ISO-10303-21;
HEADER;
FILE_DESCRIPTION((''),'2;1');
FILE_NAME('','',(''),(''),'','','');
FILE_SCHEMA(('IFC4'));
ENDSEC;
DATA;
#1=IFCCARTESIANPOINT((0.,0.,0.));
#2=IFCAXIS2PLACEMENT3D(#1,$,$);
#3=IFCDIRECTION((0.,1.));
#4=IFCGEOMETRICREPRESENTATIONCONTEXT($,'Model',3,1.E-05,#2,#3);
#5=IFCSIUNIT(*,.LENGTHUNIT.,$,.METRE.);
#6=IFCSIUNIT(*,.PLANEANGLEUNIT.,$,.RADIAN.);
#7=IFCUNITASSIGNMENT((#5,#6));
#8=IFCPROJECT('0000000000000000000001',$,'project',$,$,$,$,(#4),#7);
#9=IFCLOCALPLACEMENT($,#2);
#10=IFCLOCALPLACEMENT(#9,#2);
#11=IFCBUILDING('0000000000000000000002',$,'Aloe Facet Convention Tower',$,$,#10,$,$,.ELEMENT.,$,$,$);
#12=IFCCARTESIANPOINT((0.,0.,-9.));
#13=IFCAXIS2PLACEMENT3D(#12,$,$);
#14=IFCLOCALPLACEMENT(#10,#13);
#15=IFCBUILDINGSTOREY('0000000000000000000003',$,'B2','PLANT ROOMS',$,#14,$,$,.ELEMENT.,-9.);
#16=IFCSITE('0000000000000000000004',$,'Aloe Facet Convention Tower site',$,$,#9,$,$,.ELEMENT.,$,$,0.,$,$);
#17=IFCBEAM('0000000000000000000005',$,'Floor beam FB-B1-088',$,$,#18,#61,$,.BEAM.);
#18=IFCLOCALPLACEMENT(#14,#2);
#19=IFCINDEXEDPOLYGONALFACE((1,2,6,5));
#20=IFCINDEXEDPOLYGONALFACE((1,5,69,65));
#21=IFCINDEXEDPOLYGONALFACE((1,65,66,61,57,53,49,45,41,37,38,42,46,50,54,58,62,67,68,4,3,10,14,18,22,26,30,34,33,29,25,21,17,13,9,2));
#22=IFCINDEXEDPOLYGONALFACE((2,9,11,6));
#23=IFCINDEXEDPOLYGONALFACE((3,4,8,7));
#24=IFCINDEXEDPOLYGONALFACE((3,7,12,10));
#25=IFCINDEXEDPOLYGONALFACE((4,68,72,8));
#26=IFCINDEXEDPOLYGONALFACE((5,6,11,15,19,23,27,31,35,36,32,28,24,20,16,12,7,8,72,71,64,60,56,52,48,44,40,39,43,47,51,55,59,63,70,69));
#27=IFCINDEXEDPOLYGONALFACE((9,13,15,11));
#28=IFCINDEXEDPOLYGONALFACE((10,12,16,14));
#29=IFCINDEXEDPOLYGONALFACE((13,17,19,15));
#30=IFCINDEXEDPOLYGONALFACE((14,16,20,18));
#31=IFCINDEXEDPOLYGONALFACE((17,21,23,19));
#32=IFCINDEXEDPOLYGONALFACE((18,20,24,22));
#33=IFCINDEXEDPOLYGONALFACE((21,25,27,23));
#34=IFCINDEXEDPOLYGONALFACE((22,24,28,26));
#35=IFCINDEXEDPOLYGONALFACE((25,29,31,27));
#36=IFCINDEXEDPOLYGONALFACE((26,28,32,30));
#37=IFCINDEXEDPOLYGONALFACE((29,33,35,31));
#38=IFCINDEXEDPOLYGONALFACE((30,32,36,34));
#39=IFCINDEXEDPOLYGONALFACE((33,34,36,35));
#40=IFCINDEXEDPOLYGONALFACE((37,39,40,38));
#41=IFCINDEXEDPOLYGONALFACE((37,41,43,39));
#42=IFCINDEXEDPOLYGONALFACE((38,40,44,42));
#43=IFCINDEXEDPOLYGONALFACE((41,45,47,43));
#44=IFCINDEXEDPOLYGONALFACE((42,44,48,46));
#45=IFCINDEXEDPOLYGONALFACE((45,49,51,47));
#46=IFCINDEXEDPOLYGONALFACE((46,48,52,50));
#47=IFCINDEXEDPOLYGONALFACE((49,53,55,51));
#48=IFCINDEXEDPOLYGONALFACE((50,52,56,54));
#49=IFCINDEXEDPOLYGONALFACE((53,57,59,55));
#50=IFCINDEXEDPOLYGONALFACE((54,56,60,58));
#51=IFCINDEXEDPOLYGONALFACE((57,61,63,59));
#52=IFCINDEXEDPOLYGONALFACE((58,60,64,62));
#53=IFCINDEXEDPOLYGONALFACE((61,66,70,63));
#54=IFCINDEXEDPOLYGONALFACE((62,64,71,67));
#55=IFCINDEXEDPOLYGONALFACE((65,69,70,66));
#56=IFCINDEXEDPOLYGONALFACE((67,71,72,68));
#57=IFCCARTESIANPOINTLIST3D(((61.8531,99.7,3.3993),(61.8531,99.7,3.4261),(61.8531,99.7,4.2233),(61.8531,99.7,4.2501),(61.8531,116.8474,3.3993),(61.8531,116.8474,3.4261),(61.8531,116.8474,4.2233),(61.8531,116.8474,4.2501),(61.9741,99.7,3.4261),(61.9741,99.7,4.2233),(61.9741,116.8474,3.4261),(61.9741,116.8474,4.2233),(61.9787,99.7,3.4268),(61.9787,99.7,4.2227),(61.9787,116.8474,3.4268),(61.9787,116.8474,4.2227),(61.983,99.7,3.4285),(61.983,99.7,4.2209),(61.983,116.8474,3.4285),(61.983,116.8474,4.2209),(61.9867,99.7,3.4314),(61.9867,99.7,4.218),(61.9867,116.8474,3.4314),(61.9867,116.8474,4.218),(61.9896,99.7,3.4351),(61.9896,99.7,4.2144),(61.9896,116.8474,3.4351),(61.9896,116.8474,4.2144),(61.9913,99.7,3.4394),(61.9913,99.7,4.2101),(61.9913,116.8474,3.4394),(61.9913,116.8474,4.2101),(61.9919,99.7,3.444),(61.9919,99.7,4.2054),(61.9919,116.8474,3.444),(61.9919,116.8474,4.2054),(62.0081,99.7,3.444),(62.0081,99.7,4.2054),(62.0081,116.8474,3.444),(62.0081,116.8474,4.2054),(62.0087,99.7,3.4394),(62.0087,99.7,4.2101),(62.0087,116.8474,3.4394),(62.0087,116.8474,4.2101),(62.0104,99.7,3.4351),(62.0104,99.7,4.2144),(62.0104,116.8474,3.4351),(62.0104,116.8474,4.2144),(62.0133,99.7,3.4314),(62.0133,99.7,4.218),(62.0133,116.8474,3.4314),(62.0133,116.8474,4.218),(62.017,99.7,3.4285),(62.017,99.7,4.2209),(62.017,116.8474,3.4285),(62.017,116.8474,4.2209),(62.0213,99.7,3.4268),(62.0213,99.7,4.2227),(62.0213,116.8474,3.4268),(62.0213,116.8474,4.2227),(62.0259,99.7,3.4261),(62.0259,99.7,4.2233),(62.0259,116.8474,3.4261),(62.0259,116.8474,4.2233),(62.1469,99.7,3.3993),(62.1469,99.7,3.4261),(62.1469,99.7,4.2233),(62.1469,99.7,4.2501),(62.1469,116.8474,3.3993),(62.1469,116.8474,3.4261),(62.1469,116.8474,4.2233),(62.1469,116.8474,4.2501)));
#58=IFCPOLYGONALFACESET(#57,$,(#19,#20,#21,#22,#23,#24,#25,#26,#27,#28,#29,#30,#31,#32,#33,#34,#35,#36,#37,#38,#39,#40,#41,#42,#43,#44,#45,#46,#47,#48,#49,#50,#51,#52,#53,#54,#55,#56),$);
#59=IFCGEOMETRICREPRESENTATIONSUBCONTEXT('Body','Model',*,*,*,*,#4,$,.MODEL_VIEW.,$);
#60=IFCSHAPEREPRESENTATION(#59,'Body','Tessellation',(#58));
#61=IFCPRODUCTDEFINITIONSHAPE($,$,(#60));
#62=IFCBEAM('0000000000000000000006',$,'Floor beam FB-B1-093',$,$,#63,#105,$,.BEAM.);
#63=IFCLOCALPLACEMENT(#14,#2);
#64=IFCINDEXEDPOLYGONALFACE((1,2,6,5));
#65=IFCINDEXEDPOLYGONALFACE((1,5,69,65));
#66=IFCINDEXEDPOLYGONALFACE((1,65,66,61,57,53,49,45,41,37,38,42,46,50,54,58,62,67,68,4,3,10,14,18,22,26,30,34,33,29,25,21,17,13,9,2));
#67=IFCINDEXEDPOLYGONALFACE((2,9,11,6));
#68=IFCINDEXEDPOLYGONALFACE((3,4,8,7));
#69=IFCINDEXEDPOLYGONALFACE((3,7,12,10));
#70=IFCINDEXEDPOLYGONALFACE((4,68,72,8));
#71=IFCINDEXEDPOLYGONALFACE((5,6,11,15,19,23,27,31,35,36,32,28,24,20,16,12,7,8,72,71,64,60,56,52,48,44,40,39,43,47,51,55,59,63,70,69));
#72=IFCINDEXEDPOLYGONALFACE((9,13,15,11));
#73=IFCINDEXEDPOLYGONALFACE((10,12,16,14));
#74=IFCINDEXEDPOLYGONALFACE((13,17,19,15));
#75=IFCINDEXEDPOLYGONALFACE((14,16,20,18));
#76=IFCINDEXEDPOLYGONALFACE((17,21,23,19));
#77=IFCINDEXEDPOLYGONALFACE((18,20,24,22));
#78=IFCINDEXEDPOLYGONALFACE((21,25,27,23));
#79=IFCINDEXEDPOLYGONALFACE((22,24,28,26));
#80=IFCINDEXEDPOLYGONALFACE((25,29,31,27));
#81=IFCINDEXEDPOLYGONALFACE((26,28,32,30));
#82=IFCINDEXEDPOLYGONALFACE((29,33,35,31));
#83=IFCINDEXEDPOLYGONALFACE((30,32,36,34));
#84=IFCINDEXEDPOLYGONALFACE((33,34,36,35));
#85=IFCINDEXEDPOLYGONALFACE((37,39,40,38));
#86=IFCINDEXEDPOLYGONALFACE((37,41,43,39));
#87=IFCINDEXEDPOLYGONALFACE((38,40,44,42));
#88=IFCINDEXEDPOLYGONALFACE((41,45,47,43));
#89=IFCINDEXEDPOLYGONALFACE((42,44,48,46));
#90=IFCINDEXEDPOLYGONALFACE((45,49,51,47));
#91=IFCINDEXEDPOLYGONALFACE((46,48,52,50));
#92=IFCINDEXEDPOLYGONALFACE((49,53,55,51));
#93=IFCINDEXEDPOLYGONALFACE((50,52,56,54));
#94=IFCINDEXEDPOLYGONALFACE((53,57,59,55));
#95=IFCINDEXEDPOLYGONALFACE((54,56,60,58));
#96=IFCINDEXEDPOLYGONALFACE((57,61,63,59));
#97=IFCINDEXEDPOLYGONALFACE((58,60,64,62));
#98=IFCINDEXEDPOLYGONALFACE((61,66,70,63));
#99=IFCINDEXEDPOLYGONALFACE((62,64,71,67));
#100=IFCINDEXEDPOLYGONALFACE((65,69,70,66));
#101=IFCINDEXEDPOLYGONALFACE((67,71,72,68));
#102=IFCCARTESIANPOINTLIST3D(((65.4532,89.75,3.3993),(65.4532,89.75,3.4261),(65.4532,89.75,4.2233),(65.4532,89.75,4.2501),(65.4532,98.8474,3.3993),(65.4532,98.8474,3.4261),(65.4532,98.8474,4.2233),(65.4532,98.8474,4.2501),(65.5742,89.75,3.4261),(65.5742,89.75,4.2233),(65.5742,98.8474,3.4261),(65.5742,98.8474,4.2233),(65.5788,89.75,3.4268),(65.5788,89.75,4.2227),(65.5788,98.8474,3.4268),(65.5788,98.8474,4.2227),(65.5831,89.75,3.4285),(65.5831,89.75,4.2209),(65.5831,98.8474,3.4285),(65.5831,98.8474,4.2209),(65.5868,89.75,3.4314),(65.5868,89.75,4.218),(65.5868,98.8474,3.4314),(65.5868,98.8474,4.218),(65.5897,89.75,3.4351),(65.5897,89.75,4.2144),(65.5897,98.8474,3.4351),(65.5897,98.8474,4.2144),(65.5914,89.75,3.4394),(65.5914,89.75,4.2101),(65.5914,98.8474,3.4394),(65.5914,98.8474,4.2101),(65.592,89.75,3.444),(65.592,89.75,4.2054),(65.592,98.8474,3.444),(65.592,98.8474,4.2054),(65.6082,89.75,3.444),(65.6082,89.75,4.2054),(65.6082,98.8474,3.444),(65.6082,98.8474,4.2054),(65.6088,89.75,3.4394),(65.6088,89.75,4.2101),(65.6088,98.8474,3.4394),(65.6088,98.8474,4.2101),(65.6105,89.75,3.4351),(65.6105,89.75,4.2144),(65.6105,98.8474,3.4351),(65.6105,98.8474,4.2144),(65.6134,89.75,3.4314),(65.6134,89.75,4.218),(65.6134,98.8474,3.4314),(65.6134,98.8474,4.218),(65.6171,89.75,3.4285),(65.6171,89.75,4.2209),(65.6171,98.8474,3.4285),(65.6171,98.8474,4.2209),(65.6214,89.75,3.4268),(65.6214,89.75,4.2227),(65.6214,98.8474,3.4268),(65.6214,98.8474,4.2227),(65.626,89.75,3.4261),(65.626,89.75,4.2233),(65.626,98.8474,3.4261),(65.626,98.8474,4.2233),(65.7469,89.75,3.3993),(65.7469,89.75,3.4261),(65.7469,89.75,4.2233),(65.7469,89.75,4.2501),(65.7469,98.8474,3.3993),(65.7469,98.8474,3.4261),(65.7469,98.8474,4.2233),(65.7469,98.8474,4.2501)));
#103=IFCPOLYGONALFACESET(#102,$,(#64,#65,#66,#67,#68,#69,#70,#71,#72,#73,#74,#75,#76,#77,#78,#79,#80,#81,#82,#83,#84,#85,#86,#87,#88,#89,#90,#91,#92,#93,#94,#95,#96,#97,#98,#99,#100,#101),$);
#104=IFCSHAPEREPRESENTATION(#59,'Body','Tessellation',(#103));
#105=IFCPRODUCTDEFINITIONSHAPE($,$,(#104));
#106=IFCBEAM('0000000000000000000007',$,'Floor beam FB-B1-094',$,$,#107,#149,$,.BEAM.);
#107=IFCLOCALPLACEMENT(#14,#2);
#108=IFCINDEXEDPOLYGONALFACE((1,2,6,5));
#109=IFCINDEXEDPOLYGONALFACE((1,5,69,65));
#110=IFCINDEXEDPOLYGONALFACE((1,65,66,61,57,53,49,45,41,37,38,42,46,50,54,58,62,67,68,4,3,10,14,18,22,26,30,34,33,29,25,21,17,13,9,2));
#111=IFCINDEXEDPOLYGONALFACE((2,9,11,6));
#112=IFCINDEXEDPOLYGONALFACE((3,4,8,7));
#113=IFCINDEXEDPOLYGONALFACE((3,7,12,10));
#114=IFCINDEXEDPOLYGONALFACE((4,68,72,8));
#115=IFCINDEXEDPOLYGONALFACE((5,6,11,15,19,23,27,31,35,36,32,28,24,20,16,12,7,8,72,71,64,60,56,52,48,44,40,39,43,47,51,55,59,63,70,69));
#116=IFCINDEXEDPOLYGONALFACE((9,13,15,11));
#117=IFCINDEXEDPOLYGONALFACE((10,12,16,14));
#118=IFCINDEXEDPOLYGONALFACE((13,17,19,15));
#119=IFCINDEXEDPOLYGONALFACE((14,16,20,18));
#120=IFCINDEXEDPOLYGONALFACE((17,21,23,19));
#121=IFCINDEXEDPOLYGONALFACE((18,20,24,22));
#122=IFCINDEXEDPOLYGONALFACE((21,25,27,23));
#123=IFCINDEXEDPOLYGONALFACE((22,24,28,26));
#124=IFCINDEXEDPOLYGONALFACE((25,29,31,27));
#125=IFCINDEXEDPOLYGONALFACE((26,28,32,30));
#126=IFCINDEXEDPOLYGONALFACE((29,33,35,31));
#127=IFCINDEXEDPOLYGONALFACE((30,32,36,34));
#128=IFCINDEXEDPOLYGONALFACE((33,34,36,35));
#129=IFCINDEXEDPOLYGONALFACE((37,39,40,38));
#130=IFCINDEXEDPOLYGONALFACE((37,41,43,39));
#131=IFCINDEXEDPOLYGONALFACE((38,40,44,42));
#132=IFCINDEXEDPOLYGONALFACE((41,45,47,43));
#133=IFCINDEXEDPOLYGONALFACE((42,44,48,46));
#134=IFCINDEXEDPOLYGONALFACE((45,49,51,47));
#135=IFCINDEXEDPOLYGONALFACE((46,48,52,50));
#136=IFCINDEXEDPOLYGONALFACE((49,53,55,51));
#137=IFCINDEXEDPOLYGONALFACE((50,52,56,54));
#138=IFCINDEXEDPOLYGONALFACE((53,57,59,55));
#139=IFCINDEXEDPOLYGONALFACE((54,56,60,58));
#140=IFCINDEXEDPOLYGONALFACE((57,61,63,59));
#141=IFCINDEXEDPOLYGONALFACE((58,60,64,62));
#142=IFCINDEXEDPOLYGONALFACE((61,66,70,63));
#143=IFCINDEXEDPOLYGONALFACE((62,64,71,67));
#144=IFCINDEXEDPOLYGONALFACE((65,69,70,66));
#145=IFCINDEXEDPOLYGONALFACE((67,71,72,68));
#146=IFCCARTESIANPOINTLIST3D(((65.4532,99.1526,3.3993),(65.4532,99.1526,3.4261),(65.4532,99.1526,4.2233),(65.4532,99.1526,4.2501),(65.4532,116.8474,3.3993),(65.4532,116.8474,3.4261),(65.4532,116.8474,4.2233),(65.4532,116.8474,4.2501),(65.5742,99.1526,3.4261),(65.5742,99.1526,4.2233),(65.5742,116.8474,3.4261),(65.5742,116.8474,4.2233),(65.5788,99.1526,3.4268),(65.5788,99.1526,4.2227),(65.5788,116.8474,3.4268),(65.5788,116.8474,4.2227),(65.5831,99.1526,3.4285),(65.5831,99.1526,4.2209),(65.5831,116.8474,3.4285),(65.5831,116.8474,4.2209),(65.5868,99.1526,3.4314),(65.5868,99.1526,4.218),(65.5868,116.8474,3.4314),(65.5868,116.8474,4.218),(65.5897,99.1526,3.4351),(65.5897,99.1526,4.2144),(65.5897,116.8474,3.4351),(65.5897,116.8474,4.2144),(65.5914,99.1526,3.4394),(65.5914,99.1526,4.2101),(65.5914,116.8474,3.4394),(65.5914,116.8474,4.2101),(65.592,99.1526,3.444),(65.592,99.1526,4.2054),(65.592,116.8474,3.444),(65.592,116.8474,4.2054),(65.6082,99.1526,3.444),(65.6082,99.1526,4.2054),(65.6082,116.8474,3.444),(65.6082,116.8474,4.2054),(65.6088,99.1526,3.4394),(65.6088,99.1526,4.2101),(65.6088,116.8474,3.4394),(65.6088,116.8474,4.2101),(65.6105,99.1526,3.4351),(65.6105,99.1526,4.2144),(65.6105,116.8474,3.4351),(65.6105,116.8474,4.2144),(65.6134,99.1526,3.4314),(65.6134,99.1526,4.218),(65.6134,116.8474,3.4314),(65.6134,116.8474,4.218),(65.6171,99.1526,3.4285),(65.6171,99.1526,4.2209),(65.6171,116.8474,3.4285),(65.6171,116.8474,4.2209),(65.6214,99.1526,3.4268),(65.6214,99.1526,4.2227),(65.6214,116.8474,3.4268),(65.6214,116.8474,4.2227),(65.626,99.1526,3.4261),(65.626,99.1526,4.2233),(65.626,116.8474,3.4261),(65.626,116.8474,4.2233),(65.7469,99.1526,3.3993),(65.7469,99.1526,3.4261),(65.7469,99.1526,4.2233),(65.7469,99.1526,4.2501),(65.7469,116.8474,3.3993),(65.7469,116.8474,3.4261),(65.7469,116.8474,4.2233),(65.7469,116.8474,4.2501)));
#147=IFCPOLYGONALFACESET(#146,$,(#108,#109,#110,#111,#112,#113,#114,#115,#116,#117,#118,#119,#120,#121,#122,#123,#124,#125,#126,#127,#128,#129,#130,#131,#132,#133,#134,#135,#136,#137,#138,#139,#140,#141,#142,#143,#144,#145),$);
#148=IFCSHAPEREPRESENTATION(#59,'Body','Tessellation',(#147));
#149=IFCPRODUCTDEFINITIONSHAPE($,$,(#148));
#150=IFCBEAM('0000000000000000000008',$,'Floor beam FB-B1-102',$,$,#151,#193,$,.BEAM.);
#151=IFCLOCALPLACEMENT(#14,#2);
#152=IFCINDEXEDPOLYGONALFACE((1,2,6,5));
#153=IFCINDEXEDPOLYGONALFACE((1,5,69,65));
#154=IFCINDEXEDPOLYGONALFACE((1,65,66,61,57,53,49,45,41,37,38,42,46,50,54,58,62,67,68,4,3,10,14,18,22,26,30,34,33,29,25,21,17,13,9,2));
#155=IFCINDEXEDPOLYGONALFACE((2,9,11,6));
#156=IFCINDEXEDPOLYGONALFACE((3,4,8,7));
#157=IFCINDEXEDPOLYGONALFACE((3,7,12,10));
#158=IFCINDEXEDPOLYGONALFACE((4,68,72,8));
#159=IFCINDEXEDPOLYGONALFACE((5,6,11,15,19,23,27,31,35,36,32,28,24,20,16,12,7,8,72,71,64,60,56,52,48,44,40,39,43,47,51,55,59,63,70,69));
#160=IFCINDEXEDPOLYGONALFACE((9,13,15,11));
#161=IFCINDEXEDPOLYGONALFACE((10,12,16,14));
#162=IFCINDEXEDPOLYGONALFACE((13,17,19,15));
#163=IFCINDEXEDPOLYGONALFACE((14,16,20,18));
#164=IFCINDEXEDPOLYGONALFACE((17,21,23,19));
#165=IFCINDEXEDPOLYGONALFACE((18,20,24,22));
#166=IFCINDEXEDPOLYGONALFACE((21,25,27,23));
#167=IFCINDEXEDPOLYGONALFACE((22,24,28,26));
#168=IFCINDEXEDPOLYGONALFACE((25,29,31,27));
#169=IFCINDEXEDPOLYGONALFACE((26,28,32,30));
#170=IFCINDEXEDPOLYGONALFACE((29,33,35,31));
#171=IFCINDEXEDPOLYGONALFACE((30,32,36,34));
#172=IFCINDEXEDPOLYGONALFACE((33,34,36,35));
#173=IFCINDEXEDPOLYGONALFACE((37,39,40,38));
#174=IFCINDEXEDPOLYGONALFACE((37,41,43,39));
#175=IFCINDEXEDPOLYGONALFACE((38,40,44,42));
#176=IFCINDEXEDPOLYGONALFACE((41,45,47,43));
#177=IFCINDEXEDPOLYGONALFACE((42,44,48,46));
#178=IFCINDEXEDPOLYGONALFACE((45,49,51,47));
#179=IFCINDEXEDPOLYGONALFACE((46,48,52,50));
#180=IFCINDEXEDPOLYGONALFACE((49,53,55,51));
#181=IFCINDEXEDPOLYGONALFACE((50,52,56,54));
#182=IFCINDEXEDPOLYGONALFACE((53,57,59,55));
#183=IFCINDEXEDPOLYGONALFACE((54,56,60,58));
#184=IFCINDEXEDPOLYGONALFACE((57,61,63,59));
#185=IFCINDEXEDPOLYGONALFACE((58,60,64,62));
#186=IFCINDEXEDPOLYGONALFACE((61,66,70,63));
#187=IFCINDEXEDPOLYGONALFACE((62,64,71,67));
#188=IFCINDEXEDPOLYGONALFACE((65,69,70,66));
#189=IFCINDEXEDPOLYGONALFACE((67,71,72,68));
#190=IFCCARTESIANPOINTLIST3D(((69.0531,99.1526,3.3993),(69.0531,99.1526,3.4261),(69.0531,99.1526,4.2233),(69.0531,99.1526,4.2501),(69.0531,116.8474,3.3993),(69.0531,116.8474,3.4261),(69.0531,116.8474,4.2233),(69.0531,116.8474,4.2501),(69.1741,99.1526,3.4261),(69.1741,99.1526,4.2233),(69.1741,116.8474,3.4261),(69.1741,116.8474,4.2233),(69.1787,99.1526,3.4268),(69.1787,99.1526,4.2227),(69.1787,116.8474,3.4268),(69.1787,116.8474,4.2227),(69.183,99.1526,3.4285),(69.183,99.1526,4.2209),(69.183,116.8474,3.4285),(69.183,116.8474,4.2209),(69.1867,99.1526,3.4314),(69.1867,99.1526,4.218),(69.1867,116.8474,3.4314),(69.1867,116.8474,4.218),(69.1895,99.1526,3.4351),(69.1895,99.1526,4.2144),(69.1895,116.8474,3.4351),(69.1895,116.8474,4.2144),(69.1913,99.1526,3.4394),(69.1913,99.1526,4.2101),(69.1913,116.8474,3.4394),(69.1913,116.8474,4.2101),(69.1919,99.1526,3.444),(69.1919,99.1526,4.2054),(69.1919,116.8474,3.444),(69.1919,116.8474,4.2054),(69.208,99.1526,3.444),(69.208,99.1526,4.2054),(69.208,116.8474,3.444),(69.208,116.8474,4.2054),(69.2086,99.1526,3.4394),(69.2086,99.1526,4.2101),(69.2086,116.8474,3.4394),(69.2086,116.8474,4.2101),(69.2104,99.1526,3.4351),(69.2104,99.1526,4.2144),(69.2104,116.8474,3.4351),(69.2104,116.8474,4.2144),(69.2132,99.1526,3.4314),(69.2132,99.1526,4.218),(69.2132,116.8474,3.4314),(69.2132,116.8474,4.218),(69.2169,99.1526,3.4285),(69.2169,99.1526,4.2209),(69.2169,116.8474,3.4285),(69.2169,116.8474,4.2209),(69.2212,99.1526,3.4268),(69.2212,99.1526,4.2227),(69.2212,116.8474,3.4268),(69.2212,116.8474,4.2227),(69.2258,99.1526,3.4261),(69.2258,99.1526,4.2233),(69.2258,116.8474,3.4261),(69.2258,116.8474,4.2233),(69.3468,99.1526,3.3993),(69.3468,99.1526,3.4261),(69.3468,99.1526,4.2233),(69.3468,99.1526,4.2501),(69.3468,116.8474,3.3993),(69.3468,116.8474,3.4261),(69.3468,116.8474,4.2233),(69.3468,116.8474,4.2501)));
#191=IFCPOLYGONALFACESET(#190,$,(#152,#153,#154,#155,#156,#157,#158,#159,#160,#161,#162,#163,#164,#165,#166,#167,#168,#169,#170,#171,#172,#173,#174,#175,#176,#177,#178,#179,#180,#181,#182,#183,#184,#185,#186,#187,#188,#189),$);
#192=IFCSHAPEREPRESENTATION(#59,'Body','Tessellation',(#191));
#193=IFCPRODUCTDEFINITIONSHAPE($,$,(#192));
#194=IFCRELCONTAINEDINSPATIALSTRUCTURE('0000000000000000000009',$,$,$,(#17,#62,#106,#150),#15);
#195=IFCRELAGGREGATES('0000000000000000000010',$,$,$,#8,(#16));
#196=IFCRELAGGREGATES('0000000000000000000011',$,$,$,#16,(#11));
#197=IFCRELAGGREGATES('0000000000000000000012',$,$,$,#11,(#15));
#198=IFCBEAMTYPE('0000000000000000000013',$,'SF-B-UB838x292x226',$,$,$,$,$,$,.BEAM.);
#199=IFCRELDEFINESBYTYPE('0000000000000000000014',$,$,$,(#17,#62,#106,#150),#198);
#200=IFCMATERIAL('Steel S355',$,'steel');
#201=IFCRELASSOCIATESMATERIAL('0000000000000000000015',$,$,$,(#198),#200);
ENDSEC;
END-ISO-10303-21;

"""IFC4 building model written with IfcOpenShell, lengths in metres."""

from ifc_helpers import new_model, si_unit, direction, frame, origin, origin_2d, place, context, subcontext, project, spatial, i_section, extrude, material, material_profile, profile_set, type_object, element, save


model = new_model("IFC4")

# Units and contexts
model_context = context("Model", 3, precision=1e-05, world=origin(), true_north=direction((0.0, 1.0)))
body_context = subcontext(model_context, "Body", "Model", "MODEL_VIEW")
ifc_project = project(units=[si_unit("LENGTHUNIT", "METRE"), si_unit("PLANEANGLEUNIT", "RADIAN")], contexts=[model_context])

# Site, building, storey
site_placement = place(None, origin())
site = spatial("IfcSite", under=ifc_project, at=site_placement, Name="Aloe Facet Convention Tower site", CompositionType="ELEMENT", RefElevation=0.0)
building_placement = place(site_placement, origin())
building = spatial("IfcBuilding", under=site, at=building_placement, Name="Aloe Facet Convention Tower", CompositionType="ELEMENT")
storey_placement = place(building_placement, frame((0.0, 0.0, -9.0)))
storey = spatial("IfcBuildingStorey", under=building, at=storey_placement, Name="B2", Description="PLANT ROOMS", CompositionType="ELEMENT", Elevation=-9.0)

# Beams
ifc_material_1 = material(Name="Steel S355", Category="steel")
ifc_material_profile_1 = material_profile(ifc_material_1, i_section(OverallWidth=0.2937, OverallDepth=0.8508, WebThickness=0.0161, FlangeThickness=0.0269, FilletRadius=0.0178, at=origin_2d()), Name="UB 838x292x226")
ifc_profile_set_1 = profile_set([ifc_material_profile_1], Name="Steel S355")
beam_type_1 = type_object("IfcBeamType", Name="SF-B-UB838x292x226", PredefinedType="BEAM", material=ifc_profile_set_1)
beam_1_placement = place(storey_placement, frame((62.0, 99.7, 3.8247), z_axis=(0.0, 1.0, 0.0), x_axis=(-1.0, 0.0, 0.0)))
element("IfcBeam", 1, at=beam_1_placement, inside=storey, type_object=beam_type_1, Name="Floor beam FB-B1-088", PredefinedType="BEAM", context=body_context, shape_type="SweptSolid", body=[
    extrude(i_section(OverallWidth=0.2937, OverallDepth=0.8508, WebThickness=0.0161, FlangeThickness=0.0269, FilletRadius=0.0178, at=origin_2d()), origin(), (0.0, 0.0, 1.0), 17.1475),
])
beam_2_placement = place(storey_placement, frame((65.6001, 89.75, 3.8247), z_axis=(0.0, 1.0, 0.0), x_axis=(-1.0, 0.0, 0.0)))
element("IfcBeam", 2, at=beam_2_placement, inside=storey, type_object=beam_type_1, Name="Floor beam FB-B1-093", PredefinedType="BEAM", context=body_context, shape_type="SweptSolid", body=[
    extrude(i_section(OverallWidth=0.2937, OverallDepth=0.8508, WebThickness=0.0161, FlangeThickness=0.0269, FilletRadius=0.0178, at=origin_2d()), origin(), (0.0, 0.0, 1.0), 9.0974),
])
for number, where, z_axis, x_axis, name in (
    (3, (65.6001, 99.1526, 3.8247), (0.0, 1.0, 0.0), (-1.0, 0.0, 0.0), "Floor beam FB-B1-094"),
    (4, (69.2, 99.1526, 3.8247), (0.0, 1.0, 0.0), (-1.0, 0.0, 0.0), "Floor beam FB-B1-102"),
):
    element("IfcBeam", number, at=place(storey_placement, frame(where, z_axis=z_axis, x_axis=x_axis)), inside=storey, type_object=beam_type_1, Name=name, PredefinedType="BEAM", context=body_context, shape_type="SweptSolid", body=[
        extrude(i_section(OverallWidth=0.2937, OverallDepth=0.8508, WebThickness=0.0161, FlangeThickness=0.0269, FilletRadius=0.0178, at=origin_2d()), origin(), (0.0, 0.0, 1.0), 17.6948),
    ])

save(model, "model.ifc")
